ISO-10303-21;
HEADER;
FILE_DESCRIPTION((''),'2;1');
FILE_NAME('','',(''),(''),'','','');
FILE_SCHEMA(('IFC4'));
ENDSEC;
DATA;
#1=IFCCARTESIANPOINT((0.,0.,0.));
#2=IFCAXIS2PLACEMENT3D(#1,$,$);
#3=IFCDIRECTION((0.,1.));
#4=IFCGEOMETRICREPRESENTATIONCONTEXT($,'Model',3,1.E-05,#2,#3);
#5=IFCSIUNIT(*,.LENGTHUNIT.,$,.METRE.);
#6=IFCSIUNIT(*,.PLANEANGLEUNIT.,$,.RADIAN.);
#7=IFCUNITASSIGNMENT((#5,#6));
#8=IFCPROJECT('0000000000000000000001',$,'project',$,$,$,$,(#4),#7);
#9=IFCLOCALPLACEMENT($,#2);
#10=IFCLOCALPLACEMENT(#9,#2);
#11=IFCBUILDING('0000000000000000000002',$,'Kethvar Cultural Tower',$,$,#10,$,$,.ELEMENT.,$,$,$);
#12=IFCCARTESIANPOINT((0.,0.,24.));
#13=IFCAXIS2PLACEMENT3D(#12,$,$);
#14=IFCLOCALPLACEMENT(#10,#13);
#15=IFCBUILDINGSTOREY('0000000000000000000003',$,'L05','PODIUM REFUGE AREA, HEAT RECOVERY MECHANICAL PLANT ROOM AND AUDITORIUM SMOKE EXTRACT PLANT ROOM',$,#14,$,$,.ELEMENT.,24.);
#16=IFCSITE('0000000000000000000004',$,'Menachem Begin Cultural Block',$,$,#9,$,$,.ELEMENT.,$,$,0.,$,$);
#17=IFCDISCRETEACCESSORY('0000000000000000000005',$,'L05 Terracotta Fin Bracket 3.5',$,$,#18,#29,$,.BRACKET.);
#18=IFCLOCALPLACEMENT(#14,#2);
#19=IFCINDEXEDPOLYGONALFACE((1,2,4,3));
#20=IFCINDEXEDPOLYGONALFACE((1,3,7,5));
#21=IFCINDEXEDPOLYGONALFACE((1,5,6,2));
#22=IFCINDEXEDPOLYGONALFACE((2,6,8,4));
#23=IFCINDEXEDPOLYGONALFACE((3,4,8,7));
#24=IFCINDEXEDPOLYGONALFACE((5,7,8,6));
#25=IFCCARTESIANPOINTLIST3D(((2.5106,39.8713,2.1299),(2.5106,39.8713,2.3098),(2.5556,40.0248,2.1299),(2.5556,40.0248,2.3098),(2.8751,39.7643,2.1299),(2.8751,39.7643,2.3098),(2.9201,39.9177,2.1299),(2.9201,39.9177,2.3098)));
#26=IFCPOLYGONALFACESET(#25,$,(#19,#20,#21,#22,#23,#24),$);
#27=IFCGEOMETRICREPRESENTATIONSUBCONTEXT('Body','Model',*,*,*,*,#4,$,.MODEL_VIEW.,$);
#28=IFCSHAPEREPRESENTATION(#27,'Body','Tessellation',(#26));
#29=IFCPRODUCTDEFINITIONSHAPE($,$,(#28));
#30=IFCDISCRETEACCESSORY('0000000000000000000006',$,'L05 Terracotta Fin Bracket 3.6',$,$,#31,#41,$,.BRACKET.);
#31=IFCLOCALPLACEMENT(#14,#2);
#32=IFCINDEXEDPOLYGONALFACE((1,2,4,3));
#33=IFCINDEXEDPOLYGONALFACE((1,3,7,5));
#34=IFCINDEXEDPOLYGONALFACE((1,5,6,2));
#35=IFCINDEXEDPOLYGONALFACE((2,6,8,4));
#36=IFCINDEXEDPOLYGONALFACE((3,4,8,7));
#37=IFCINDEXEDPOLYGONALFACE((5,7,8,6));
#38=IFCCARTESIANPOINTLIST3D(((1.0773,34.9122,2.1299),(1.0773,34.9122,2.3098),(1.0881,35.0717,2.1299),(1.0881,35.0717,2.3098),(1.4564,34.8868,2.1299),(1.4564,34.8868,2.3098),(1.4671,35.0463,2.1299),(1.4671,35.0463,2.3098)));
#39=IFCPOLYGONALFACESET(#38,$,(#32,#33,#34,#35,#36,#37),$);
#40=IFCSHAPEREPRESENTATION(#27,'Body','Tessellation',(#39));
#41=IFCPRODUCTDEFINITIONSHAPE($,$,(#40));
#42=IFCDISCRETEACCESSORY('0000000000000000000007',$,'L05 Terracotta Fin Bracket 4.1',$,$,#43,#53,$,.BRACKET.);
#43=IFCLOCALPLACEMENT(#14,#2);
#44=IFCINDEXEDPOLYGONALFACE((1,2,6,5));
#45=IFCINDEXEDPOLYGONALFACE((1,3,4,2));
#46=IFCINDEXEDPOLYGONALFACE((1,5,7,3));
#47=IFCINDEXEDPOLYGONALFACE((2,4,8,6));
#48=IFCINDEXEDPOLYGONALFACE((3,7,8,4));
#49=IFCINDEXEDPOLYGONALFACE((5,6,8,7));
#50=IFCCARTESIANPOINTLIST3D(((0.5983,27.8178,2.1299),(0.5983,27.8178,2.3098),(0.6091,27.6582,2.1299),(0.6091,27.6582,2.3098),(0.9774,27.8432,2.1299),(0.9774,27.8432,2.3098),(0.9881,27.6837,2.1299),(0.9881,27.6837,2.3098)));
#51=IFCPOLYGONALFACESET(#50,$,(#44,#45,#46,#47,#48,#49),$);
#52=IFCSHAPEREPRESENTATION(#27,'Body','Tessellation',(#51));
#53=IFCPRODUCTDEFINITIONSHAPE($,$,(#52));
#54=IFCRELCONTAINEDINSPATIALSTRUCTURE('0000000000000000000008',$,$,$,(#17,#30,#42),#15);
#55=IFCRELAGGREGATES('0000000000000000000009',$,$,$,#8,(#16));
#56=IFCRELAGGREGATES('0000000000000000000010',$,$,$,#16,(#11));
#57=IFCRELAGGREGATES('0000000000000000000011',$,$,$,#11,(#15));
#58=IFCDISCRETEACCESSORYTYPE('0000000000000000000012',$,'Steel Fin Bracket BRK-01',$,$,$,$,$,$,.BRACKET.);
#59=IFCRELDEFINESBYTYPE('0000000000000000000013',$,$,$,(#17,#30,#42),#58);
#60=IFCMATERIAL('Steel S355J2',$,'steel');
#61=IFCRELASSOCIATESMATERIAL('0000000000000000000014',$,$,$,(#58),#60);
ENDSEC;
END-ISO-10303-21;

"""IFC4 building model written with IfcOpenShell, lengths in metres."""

from ifc_helpers import new_model, si_unit, direction, frame, origin, origin_2d, place, context, subcontext, project, spatial, rectangle, extrude, source, transform, mapped, material, type_object, element, save


model = new_model("IFC4")

# Units and contexts
model_context = context("Model", 3, precision=1e-05, world=origin(), true_north=direction((0.0, 1.0)))
body_context = subcontext(model_context, "Body", "Model", "MODEL_VIEW")
ifc_project = project(units=[si_unit("LENGTHUNIT", "METRE"), si_unit("PLANEANGLEUNIT", "RADIAN")], contexts=[model_context])

# Site, building, storey
site_placement = place(None, origin())
site = spatial("IfcSite", under=ifc_project, at=site_placement, Name="Menachem Begin Cultural Block", CompositionType="ELEMENT", RefElevation=0.0)
building_placement = place(site_placement, origin())
building = spatial("IfcBuilding", under=site, at=building_placement, Name="Kethvar Cultural Tower", CompositionType="ELEMENT")
storey_placement = place(building_placement, frame((0.0, 0.0, 24.0)))
storey = spatial("IfcBuildingStorey", under=building, at=storey_placement, Name="L05", Description="PODIUM REFUGE AREA, HEAT RECOVERY MECHANICAL PLANT ROOM AND AUDITORIUM SMOKE EXTRACT PLANT ROOM", CompositionType="ELEMENT", Elevation=24.0)

# Shared definitions
ifc_material_1 = material(Name="Steel S355J2", Category="steel")

# Discrete accessories
discrete_accessory_type = type_object("IfcDiscreteAccessoryType", Name="Steel Fin Bracket BRK-01", PredefinedType="BRACKET", material=ifc_material_1)
shared_shape_1 = source(origin(), body_context, "Body", "SweptSolid", [
    extrude(rectangle(XDim=0.3799, YDim=0.1599, at=origin_2d()), origin(), (0.0, 0.0, 1.0), 0.1799),
])
for number, where, z_axis, x_axis, name in (
    (1, (2.7153, 39.8945, 2.1299), (0.0, 0.0, 1.0), (-0.959511, 0.281672, 0.0), "L05 Terracotta Fin Bracket 3.5"),
    (2, (1.2722, 34.9792, 2.1299), (0.0, 0.0, 1.0), (-0.997755, 0.06697, 0.0), "L05 Terracotta Fin Bracket 3.6"),
    (3, (0.7932, 27.7507, 2.1299), (0.0, 0.0, 1.0), (-0.997755, -0.06697, 0.0), "L05 Terracotta Fin Bracket 4.1"),
):
    element("IfcDiscreteAccessory", number, at=place(storey_placement, frame(where, z_axis=z_axis, x_axis=x_axis)), inside=storey, type_object=discrete_accessory_type, Name=name, PredefinedType="BRACKET", context=body_context, shape_type="MappedRepresentation", body=[
        mapped(shared_shape_1, transform((0.0, 0.0, 0.0), scale=1.0)),
    ])

save(model, "model.ifc")
